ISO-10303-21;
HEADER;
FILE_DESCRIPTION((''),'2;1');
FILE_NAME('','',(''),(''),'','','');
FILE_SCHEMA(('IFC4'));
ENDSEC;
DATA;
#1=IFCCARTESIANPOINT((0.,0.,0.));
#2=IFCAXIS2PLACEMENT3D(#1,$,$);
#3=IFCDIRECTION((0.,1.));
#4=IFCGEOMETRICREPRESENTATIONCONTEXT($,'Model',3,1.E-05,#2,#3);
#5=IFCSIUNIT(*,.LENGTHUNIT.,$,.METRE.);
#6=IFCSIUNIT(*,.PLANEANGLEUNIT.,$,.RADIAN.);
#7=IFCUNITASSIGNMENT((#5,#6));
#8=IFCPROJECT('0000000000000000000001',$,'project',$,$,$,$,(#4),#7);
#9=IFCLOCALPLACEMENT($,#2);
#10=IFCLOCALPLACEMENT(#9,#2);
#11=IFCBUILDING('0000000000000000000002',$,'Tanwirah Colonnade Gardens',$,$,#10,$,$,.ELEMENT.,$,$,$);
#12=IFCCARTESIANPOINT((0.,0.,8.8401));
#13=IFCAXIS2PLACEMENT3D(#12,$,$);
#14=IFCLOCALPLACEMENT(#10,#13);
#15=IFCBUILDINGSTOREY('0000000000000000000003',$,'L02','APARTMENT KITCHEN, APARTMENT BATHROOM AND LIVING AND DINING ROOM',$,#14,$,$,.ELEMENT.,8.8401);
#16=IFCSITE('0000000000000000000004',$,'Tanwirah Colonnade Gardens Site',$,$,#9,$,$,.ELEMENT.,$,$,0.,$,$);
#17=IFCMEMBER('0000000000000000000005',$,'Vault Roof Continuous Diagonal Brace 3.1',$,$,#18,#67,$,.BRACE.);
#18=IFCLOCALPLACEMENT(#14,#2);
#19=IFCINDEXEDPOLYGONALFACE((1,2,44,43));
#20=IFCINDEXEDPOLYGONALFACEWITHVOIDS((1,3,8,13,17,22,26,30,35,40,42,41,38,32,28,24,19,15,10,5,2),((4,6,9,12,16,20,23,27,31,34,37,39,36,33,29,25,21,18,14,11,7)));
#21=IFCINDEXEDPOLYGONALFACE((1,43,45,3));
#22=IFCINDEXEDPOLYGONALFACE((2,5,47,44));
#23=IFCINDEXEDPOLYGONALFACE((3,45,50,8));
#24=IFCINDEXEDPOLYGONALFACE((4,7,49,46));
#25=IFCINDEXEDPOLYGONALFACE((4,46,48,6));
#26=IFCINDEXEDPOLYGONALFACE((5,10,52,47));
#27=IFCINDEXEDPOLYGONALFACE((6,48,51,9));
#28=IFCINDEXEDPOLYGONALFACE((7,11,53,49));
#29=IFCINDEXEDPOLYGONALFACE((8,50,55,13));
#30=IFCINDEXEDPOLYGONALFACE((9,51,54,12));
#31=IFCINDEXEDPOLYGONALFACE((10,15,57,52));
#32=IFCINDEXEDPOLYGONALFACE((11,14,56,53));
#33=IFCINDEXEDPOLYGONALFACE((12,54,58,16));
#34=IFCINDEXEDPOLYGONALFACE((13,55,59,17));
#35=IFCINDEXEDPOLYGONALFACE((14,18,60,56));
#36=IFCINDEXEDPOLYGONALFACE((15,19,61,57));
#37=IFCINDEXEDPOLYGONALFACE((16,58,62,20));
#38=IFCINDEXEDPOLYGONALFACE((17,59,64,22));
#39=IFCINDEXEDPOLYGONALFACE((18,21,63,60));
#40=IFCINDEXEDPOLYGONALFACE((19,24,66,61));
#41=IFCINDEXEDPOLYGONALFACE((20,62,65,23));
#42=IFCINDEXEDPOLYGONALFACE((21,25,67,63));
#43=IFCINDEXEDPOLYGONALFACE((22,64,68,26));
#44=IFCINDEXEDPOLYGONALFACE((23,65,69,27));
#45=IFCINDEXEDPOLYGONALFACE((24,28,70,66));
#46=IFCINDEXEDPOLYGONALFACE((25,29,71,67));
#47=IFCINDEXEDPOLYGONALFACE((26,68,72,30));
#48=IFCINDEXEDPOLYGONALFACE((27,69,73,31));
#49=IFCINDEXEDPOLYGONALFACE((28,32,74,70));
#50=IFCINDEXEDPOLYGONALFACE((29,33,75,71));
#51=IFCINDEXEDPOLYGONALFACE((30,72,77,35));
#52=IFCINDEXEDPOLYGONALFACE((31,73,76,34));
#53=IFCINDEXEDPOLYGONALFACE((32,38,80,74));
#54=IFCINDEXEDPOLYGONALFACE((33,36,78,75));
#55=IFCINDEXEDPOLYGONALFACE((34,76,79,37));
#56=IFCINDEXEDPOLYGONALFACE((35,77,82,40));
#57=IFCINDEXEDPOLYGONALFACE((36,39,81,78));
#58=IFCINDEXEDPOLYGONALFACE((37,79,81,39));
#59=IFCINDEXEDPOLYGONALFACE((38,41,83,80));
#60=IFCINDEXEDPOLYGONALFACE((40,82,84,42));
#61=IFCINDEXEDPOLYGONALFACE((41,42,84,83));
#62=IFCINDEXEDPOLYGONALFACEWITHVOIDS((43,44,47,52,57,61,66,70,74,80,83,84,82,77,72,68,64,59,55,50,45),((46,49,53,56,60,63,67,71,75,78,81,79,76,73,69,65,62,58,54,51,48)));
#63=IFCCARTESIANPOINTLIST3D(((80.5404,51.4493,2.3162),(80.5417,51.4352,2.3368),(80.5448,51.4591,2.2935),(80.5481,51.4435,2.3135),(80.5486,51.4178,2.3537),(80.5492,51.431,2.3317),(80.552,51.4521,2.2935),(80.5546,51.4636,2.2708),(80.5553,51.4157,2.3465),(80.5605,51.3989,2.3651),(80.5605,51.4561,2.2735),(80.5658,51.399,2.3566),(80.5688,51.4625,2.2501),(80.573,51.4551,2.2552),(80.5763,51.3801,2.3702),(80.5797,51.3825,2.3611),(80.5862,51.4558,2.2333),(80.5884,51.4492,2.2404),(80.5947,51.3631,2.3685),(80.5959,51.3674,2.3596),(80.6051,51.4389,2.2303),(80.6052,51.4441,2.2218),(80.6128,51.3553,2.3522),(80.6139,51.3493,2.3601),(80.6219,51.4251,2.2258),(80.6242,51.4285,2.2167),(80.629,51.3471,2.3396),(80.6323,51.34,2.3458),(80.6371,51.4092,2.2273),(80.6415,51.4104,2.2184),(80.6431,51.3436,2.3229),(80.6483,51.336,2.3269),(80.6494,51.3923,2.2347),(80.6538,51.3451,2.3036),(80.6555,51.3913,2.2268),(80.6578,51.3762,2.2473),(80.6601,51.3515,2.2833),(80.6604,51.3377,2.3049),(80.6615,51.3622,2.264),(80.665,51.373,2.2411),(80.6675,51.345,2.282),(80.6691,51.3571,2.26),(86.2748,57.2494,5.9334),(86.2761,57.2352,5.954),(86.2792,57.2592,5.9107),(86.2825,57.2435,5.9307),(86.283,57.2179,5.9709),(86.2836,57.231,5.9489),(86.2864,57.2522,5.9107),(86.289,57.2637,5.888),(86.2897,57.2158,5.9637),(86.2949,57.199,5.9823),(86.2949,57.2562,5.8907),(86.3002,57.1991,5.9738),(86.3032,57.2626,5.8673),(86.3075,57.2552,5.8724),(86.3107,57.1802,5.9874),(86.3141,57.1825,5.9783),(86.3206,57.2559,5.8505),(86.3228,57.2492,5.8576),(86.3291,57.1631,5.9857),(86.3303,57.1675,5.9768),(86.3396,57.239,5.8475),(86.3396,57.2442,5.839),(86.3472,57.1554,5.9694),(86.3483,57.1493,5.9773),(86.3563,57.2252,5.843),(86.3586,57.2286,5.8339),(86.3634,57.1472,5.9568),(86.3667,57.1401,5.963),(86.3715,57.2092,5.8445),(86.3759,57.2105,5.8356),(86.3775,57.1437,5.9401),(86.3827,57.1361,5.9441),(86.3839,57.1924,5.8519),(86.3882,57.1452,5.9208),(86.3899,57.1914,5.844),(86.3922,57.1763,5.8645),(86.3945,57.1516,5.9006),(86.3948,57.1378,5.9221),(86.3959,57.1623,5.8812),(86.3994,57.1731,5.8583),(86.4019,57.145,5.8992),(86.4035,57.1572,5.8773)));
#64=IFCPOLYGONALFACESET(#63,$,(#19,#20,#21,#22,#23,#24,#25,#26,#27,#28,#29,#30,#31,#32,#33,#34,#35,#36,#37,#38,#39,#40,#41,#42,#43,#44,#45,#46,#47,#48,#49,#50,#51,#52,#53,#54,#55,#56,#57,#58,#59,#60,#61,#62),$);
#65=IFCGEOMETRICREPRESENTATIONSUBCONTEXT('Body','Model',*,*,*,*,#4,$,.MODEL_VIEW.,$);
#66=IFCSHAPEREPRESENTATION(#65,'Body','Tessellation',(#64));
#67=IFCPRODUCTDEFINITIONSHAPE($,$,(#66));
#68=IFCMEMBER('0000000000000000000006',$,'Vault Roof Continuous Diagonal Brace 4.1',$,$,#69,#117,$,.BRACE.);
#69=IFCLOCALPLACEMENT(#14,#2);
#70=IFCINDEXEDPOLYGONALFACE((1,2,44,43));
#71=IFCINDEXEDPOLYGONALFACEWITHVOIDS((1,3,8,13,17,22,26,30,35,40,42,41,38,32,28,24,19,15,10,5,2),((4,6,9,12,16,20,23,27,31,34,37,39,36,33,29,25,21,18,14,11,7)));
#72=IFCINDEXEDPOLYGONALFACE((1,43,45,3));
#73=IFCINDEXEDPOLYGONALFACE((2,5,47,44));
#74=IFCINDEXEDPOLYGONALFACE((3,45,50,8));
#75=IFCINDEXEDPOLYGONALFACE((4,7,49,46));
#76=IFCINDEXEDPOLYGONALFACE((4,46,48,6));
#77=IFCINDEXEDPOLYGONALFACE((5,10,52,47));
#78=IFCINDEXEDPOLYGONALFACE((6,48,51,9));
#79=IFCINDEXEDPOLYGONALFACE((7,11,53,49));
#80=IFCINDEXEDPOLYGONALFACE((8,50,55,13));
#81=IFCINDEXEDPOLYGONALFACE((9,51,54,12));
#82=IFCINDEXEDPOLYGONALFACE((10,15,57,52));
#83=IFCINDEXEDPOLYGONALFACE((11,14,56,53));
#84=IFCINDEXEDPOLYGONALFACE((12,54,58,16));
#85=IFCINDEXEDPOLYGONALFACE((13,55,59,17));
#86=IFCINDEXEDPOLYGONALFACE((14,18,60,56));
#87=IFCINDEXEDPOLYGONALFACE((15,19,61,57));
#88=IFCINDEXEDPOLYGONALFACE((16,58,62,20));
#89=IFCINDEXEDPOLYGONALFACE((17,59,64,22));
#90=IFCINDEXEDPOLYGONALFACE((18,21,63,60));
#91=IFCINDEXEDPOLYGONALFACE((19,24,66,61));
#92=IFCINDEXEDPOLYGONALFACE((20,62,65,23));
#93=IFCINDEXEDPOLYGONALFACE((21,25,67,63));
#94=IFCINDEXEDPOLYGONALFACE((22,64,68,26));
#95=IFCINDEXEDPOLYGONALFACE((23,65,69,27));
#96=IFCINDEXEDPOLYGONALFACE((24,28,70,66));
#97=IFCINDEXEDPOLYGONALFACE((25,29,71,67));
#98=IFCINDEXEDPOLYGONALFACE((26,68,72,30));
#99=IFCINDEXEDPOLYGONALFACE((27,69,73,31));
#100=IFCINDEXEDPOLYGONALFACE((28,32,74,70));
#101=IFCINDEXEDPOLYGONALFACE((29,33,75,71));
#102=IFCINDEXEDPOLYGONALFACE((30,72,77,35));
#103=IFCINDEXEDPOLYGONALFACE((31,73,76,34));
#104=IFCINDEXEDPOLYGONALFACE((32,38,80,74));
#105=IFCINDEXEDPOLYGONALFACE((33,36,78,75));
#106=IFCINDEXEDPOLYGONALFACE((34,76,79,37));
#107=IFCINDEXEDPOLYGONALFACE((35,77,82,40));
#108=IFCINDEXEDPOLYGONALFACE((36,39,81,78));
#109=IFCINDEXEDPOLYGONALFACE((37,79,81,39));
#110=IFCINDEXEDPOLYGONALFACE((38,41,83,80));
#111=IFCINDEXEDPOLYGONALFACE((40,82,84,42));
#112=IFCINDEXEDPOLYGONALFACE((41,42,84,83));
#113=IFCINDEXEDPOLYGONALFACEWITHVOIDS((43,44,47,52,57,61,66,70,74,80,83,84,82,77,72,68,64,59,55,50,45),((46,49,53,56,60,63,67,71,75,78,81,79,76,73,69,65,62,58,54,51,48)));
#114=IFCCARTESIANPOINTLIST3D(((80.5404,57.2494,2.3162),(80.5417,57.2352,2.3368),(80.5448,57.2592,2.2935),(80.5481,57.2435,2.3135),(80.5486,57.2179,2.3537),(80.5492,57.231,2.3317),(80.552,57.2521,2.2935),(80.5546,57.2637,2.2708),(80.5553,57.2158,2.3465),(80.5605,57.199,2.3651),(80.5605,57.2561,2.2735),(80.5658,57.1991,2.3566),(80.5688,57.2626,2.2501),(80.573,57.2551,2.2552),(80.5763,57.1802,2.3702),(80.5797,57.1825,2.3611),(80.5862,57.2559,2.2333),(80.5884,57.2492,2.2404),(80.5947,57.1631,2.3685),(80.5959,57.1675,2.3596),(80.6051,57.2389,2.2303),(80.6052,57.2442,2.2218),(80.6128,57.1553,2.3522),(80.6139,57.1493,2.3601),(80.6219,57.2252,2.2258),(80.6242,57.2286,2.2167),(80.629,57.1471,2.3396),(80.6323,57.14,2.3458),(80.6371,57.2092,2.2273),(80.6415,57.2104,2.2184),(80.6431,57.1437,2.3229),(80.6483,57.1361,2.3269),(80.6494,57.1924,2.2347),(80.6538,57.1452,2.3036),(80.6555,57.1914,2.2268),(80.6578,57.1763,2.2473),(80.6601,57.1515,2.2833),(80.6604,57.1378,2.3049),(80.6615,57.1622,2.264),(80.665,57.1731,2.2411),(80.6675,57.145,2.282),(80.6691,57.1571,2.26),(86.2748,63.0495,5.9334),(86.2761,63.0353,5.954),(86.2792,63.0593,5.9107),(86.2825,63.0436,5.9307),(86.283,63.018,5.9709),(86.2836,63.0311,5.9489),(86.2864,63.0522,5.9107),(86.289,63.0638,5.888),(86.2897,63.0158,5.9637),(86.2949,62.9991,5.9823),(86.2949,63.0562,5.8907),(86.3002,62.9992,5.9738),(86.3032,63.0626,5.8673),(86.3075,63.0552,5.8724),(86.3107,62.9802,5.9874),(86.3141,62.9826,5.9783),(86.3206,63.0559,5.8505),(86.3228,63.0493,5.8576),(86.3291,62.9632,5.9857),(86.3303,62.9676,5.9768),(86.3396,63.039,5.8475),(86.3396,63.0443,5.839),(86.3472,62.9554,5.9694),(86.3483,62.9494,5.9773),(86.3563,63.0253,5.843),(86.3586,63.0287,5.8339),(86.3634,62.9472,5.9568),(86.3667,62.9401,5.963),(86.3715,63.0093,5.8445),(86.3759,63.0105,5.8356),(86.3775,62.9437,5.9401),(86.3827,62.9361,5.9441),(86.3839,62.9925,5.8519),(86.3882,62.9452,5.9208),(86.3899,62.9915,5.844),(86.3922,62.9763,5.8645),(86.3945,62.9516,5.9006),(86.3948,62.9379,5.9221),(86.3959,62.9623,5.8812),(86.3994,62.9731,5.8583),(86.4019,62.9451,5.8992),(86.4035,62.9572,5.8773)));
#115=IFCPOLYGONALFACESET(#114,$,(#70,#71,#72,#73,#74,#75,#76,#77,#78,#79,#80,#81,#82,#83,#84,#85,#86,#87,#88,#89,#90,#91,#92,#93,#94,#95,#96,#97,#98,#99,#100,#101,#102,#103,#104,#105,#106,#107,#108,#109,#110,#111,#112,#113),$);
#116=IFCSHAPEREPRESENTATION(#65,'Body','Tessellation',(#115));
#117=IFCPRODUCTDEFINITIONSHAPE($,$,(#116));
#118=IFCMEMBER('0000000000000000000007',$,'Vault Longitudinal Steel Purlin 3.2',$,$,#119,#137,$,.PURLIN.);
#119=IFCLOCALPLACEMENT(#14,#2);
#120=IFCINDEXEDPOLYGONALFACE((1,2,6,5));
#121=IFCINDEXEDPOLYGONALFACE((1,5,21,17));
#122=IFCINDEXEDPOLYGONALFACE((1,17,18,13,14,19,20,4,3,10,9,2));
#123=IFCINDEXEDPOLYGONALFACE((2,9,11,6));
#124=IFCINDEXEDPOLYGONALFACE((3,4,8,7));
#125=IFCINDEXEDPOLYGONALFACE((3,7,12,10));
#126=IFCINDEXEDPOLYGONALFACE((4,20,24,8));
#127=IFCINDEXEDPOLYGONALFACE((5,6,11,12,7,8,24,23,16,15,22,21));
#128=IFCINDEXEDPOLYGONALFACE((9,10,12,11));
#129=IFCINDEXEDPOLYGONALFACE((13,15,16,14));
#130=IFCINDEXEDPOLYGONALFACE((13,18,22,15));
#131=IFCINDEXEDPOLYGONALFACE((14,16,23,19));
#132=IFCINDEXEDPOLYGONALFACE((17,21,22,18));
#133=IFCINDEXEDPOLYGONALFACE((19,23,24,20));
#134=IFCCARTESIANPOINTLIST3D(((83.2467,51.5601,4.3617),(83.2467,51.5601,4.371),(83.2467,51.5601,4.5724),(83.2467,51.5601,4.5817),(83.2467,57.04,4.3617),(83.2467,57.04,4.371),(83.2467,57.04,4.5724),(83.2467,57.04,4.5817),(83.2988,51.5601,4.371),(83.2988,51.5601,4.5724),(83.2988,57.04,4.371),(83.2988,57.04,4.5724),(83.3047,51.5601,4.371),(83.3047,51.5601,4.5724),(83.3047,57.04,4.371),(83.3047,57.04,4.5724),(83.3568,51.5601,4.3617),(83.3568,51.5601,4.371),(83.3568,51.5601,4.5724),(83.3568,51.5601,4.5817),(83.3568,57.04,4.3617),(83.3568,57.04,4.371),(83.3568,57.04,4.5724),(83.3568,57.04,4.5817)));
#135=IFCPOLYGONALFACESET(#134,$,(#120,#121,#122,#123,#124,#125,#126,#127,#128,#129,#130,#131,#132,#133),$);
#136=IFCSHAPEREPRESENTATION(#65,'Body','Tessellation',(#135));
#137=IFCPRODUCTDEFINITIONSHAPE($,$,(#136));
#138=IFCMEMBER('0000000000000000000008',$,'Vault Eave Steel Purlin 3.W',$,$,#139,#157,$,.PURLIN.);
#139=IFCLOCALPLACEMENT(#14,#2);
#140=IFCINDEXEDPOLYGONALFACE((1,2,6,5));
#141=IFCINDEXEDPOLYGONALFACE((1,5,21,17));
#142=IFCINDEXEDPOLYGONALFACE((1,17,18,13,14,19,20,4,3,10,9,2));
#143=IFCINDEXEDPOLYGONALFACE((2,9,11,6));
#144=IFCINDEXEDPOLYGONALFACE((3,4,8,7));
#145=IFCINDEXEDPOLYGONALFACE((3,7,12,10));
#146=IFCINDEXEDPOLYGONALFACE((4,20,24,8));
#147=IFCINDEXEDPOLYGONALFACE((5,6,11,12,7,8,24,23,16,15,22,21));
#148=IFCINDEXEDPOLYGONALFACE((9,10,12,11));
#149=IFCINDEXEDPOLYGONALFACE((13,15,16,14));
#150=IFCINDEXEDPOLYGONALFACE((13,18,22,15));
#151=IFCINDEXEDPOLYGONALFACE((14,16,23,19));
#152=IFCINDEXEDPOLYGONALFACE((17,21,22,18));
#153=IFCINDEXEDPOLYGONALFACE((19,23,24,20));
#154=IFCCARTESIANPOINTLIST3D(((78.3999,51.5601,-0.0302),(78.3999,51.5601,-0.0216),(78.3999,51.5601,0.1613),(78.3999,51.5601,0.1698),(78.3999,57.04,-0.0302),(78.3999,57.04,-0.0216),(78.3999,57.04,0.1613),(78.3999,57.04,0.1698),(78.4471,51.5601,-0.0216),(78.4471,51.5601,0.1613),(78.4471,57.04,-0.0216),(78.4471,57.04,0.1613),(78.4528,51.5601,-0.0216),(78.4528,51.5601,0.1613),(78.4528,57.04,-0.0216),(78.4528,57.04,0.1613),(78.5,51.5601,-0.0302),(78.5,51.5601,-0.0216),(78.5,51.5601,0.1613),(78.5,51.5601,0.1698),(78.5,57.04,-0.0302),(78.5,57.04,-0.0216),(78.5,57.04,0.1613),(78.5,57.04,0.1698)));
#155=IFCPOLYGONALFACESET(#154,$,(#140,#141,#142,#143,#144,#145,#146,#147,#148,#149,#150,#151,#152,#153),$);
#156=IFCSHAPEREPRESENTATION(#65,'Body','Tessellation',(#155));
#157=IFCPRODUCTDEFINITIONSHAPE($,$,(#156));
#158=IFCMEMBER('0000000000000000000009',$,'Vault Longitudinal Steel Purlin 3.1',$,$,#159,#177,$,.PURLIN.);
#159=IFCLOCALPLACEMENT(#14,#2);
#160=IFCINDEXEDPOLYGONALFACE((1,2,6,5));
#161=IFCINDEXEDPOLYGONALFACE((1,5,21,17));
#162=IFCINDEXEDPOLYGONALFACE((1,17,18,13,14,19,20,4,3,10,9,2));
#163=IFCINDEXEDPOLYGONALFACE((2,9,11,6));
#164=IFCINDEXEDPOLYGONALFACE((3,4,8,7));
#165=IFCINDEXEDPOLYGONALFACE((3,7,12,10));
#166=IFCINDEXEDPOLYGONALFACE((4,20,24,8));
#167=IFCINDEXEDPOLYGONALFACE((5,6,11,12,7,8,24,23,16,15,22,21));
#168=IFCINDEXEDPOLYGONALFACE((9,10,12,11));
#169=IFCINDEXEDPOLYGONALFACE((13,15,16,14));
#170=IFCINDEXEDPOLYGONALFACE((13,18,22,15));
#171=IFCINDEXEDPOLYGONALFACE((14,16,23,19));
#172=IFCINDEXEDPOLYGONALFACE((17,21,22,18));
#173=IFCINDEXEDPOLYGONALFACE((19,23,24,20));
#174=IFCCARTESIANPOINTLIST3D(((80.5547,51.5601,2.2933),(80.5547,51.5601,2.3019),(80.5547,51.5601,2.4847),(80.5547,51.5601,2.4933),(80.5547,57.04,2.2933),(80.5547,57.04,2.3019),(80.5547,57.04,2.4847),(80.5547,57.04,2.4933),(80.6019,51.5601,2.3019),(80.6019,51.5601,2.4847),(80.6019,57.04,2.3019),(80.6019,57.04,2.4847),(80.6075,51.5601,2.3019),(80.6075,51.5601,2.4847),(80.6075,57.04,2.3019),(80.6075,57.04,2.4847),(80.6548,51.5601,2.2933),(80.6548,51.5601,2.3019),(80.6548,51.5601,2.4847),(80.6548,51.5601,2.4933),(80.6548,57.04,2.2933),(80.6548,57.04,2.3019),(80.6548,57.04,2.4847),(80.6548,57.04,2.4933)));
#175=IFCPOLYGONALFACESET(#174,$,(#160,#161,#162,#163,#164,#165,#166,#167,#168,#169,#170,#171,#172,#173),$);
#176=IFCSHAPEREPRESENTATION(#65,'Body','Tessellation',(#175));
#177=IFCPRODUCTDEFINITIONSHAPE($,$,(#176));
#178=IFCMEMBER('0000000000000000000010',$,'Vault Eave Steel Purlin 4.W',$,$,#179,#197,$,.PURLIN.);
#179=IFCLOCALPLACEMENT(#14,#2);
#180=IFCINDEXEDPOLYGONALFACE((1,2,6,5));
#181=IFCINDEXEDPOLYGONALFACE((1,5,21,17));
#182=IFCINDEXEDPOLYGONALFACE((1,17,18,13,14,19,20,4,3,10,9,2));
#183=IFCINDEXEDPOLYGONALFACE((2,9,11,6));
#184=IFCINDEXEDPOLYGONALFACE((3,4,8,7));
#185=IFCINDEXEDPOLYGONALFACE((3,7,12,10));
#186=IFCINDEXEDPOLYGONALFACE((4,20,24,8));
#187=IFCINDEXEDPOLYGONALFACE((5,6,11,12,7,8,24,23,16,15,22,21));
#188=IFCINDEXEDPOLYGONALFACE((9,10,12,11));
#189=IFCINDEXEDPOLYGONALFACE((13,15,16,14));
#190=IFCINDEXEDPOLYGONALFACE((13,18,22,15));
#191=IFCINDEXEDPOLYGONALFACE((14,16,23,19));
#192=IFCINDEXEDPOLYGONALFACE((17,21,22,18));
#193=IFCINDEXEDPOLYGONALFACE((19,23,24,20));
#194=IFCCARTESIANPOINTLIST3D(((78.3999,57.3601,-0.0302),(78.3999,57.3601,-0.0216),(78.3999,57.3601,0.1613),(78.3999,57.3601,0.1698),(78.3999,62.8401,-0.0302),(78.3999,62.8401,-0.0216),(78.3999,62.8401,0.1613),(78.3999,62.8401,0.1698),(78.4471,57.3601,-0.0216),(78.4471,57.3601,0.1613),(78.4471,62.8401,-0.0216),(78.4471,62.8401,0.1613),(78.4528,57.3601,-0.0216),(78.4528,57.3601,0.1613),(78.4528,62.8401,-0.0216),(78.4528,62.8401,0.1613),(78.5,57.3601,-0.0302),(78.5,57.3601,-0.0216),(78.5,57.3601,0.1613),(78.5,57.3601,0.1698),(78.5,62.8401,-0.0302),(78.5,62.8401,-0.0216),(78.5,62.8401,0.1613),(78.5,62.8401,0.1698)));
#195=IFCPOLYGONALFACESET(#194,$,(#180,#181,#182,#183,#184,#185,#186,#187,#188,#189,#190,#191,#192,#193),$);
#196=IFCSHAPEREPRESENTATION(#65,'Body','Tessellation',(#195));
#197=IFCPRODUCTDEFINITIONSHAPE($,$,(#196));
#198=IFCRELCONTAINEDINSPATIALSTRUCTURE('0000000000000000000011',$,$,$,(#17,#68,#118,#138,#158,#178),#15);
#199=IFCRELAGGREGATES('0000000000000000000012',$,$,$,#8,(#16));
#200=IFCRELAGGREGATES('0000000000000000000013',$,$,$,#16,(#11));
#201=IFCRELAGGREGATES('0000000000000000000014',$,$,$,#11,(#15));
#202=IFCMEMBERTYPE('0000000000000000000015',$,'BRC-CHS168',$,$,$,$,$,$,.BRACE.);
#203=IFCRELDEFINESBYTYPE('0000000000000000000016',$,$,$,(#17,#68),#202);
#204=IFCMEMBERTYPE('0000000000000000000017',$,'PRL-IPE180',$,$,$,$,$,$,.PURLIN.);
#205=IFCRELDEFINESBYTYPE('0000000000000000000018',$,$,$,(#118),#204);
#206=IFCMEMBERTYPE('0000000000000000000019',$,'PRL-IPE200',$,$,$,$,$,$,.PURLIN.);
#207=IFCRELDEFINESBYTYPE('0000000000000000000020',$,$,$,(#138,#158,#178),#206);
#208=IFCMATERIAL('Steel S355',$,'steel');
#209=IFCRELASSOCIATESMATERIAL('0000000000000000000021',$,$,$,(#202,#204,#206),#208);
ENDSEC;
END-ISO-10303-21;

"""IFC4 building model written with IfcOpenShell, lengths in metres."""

from ifc_helpers import new_model, si_unit, direction, frame, origin, origin_2d, place, context, subcontext, project, spatial, hollow_circle, i_section, extrude, material, material_profile, profile_set, type_object, element, save


model = new_model("IFC4")

# Units and contexts
model_context = context("Model", 3, precision=1e-05, world=origin(), true_north=direction((0.0, 1.0)))
body_context = subcontext(model_context, "Body", "Model", "MODEL_VIEW")
ifc_project = project(units=[si_unit("LENGTHUNIT", "METRE"), si_unit("PLANEANGLEUNIT", "RADIAN")], contexts=[model_context])

# Site, building, storey
site_placement = place(None, origin())
site = spatial("IfcSite", under=ifc_project, at=site_placement, Name="Tanwirah Colonnade Gardens Site", CompositionType="ELEMENT", RefElevation=0.0)
building_placement = place(site_placement, origin())
building = spatial("IfcBuilding", under=site, at=building_placement, Name="Tanwirah Colonnade Gardens", CompositionType="ELEMENT")
storey_placement = place(building_placement, frame((0.0, 0.0, 8.8401)))
storey = spatial("IfcBuildingStorey", under=building, at=storey_placement, Name="L02", Description="APARTMENT KITCHEN, APARTMENT BATHROOM AND LIVING AND DINING ROOM", CompositionType="ELEMENT", Elevation=8.8401)

# Members
ifc_material_1 = material(Name="Steel S355", Category="steel")
ifc_material_profile_1 = material_profile(ifc_material_1, hollow_circle(Radius=0.0842, WallThickness=0.01, at=origin_2d()), Name="CHS 168.3x10")
ifc_profile_set_1 = profile_set([ifc_material_profile_1], Name="Steel S355")
member_type_1 = type_object("IfcMemberType", Name="BRC-CHS168", PredefinedType="BRACE", material=ifc_profile_set_1)
for number, where, z_axis, x_axis, name in (
    (1, (80.6047, 51.3999, 2.2935), (0.642701, 0.650061, 0.405409), (-0.711121, 0.703069, 0.0), "Vault Roof Continuous Diagonal Brace 3.1"),
    (2, (80.6047, 57.2, 2.2935), (0.642701, 0.650061, 0.405409), (-0.711121, 0.703069, 0.0), "Vault Roof Continuous Diagonal Brace 4.1"),
):
    element("IfcMember", number, at=place(storey_placement, frame(where, z_axis=z_axis, x_axis=x_axis)), inside=storey, type_object=member_type_1, Name=name, PredefinedType="BRACE", context=body_context, shape_type="SweptSolid", body=[
        extrude(hollow_circle(Radius=0.0842, WallThickness=0.01, at=origin_2d()), origin(), (0.0, 0.0, 1.0), 8.9224),
    ])
ifc_material_profile_2 = material_profile(ifc_material_1, i_section(OverallWidth=0.1101, OverallDepth=0.22, WebThickness=0.0059, FlangeThickness=0.0093, at=origin_2d()), Name="IPE 220")
ifc_profile_set_2 = profile_set([ifc_material_profile_2], Name="Steel S355")
member_type_2 = type_object("IfcMemberType", Name="PRL-IPE180", PredefinedType="PURLIN", material=ifc_profile_set_2)
member_1_placement = place(storey_placement, frame((83.3018, 51.5601, 4.4717), z_axis=(0.0, 1.0, 0.0), x_axis=(-1.0, 0.0, 0.0)))
element("IfcMember", 3, at=member_1_placement, inside=storey, type_object=member_type_2, Name="Vault Longitudinal Steel Purlin 3.2", PredefinedType="PURLIN", context=body_context, shape_type="SweptSolid", body=[
    extrude(i_section(OverallWidth=0.1101, OverallDepth=0.22, WebThickness=0.0059, FlangeThickness=0.0093, at=origin_2d()), origin(), (0.0, 0.0, 1.0), 5.48),
])
ifc_material_profile_3 = material_profile(ifc_material_1, i_section(OverallWidth=0.1001, OverallDepth=0.2, WebThickness=0.0056, FlangeThickness=0.0085, at=origin_2d()), Name="IPE 200")
ifc_profile_set_3 = profile_set([ifc_material_profile_3], Name="Steel S355")
member_type_3 = type_object("IfcMemberType", Name="PRL-IPE200", PredefinedType="PURLIN", material=ifc_profile_set_3)
for number, where, z_axis, x_axis, name in (
    (4, (78.45, 51.5601, 0.0698), (0.0, 1.0, 0.0), (-1.0, 0.0, 0.0), "Vault Eave Steel Purlin 3.W"),
    (5, (80.6047, 51.5601, 2.3933), (0.0, 1.0, 0.0), (-1.0, 0.0, 0.0), "Vault Longitudinal Steel Purlin 3.1"),
    (6, (78.45, 57.3601, 0.0698), (0.0, 1.0, 0.0), (-1.0, 0.0, 0.0), "Vault Eave Steel Purlin 4.W"),
):
    element("IfcMember", number, at=place(storey_placement, frame(where, z_axis=z_axis, x_axis=x_axis)), inside=storey, type_object=member_type_3, Name=name, PredefinedType="PURLIN", context=body_context, shape_type="SweptSolid", body=[
        extrude(i_section(OverallWidth=0.1001, OverallDepth=0.2, WebThickness=0.0056, FlangeThickness=0.0085, at=origin_2d()), origin(), (0.0, 0.0, 1.0), 5.48),
    ])

save(model, "model.ifc")
